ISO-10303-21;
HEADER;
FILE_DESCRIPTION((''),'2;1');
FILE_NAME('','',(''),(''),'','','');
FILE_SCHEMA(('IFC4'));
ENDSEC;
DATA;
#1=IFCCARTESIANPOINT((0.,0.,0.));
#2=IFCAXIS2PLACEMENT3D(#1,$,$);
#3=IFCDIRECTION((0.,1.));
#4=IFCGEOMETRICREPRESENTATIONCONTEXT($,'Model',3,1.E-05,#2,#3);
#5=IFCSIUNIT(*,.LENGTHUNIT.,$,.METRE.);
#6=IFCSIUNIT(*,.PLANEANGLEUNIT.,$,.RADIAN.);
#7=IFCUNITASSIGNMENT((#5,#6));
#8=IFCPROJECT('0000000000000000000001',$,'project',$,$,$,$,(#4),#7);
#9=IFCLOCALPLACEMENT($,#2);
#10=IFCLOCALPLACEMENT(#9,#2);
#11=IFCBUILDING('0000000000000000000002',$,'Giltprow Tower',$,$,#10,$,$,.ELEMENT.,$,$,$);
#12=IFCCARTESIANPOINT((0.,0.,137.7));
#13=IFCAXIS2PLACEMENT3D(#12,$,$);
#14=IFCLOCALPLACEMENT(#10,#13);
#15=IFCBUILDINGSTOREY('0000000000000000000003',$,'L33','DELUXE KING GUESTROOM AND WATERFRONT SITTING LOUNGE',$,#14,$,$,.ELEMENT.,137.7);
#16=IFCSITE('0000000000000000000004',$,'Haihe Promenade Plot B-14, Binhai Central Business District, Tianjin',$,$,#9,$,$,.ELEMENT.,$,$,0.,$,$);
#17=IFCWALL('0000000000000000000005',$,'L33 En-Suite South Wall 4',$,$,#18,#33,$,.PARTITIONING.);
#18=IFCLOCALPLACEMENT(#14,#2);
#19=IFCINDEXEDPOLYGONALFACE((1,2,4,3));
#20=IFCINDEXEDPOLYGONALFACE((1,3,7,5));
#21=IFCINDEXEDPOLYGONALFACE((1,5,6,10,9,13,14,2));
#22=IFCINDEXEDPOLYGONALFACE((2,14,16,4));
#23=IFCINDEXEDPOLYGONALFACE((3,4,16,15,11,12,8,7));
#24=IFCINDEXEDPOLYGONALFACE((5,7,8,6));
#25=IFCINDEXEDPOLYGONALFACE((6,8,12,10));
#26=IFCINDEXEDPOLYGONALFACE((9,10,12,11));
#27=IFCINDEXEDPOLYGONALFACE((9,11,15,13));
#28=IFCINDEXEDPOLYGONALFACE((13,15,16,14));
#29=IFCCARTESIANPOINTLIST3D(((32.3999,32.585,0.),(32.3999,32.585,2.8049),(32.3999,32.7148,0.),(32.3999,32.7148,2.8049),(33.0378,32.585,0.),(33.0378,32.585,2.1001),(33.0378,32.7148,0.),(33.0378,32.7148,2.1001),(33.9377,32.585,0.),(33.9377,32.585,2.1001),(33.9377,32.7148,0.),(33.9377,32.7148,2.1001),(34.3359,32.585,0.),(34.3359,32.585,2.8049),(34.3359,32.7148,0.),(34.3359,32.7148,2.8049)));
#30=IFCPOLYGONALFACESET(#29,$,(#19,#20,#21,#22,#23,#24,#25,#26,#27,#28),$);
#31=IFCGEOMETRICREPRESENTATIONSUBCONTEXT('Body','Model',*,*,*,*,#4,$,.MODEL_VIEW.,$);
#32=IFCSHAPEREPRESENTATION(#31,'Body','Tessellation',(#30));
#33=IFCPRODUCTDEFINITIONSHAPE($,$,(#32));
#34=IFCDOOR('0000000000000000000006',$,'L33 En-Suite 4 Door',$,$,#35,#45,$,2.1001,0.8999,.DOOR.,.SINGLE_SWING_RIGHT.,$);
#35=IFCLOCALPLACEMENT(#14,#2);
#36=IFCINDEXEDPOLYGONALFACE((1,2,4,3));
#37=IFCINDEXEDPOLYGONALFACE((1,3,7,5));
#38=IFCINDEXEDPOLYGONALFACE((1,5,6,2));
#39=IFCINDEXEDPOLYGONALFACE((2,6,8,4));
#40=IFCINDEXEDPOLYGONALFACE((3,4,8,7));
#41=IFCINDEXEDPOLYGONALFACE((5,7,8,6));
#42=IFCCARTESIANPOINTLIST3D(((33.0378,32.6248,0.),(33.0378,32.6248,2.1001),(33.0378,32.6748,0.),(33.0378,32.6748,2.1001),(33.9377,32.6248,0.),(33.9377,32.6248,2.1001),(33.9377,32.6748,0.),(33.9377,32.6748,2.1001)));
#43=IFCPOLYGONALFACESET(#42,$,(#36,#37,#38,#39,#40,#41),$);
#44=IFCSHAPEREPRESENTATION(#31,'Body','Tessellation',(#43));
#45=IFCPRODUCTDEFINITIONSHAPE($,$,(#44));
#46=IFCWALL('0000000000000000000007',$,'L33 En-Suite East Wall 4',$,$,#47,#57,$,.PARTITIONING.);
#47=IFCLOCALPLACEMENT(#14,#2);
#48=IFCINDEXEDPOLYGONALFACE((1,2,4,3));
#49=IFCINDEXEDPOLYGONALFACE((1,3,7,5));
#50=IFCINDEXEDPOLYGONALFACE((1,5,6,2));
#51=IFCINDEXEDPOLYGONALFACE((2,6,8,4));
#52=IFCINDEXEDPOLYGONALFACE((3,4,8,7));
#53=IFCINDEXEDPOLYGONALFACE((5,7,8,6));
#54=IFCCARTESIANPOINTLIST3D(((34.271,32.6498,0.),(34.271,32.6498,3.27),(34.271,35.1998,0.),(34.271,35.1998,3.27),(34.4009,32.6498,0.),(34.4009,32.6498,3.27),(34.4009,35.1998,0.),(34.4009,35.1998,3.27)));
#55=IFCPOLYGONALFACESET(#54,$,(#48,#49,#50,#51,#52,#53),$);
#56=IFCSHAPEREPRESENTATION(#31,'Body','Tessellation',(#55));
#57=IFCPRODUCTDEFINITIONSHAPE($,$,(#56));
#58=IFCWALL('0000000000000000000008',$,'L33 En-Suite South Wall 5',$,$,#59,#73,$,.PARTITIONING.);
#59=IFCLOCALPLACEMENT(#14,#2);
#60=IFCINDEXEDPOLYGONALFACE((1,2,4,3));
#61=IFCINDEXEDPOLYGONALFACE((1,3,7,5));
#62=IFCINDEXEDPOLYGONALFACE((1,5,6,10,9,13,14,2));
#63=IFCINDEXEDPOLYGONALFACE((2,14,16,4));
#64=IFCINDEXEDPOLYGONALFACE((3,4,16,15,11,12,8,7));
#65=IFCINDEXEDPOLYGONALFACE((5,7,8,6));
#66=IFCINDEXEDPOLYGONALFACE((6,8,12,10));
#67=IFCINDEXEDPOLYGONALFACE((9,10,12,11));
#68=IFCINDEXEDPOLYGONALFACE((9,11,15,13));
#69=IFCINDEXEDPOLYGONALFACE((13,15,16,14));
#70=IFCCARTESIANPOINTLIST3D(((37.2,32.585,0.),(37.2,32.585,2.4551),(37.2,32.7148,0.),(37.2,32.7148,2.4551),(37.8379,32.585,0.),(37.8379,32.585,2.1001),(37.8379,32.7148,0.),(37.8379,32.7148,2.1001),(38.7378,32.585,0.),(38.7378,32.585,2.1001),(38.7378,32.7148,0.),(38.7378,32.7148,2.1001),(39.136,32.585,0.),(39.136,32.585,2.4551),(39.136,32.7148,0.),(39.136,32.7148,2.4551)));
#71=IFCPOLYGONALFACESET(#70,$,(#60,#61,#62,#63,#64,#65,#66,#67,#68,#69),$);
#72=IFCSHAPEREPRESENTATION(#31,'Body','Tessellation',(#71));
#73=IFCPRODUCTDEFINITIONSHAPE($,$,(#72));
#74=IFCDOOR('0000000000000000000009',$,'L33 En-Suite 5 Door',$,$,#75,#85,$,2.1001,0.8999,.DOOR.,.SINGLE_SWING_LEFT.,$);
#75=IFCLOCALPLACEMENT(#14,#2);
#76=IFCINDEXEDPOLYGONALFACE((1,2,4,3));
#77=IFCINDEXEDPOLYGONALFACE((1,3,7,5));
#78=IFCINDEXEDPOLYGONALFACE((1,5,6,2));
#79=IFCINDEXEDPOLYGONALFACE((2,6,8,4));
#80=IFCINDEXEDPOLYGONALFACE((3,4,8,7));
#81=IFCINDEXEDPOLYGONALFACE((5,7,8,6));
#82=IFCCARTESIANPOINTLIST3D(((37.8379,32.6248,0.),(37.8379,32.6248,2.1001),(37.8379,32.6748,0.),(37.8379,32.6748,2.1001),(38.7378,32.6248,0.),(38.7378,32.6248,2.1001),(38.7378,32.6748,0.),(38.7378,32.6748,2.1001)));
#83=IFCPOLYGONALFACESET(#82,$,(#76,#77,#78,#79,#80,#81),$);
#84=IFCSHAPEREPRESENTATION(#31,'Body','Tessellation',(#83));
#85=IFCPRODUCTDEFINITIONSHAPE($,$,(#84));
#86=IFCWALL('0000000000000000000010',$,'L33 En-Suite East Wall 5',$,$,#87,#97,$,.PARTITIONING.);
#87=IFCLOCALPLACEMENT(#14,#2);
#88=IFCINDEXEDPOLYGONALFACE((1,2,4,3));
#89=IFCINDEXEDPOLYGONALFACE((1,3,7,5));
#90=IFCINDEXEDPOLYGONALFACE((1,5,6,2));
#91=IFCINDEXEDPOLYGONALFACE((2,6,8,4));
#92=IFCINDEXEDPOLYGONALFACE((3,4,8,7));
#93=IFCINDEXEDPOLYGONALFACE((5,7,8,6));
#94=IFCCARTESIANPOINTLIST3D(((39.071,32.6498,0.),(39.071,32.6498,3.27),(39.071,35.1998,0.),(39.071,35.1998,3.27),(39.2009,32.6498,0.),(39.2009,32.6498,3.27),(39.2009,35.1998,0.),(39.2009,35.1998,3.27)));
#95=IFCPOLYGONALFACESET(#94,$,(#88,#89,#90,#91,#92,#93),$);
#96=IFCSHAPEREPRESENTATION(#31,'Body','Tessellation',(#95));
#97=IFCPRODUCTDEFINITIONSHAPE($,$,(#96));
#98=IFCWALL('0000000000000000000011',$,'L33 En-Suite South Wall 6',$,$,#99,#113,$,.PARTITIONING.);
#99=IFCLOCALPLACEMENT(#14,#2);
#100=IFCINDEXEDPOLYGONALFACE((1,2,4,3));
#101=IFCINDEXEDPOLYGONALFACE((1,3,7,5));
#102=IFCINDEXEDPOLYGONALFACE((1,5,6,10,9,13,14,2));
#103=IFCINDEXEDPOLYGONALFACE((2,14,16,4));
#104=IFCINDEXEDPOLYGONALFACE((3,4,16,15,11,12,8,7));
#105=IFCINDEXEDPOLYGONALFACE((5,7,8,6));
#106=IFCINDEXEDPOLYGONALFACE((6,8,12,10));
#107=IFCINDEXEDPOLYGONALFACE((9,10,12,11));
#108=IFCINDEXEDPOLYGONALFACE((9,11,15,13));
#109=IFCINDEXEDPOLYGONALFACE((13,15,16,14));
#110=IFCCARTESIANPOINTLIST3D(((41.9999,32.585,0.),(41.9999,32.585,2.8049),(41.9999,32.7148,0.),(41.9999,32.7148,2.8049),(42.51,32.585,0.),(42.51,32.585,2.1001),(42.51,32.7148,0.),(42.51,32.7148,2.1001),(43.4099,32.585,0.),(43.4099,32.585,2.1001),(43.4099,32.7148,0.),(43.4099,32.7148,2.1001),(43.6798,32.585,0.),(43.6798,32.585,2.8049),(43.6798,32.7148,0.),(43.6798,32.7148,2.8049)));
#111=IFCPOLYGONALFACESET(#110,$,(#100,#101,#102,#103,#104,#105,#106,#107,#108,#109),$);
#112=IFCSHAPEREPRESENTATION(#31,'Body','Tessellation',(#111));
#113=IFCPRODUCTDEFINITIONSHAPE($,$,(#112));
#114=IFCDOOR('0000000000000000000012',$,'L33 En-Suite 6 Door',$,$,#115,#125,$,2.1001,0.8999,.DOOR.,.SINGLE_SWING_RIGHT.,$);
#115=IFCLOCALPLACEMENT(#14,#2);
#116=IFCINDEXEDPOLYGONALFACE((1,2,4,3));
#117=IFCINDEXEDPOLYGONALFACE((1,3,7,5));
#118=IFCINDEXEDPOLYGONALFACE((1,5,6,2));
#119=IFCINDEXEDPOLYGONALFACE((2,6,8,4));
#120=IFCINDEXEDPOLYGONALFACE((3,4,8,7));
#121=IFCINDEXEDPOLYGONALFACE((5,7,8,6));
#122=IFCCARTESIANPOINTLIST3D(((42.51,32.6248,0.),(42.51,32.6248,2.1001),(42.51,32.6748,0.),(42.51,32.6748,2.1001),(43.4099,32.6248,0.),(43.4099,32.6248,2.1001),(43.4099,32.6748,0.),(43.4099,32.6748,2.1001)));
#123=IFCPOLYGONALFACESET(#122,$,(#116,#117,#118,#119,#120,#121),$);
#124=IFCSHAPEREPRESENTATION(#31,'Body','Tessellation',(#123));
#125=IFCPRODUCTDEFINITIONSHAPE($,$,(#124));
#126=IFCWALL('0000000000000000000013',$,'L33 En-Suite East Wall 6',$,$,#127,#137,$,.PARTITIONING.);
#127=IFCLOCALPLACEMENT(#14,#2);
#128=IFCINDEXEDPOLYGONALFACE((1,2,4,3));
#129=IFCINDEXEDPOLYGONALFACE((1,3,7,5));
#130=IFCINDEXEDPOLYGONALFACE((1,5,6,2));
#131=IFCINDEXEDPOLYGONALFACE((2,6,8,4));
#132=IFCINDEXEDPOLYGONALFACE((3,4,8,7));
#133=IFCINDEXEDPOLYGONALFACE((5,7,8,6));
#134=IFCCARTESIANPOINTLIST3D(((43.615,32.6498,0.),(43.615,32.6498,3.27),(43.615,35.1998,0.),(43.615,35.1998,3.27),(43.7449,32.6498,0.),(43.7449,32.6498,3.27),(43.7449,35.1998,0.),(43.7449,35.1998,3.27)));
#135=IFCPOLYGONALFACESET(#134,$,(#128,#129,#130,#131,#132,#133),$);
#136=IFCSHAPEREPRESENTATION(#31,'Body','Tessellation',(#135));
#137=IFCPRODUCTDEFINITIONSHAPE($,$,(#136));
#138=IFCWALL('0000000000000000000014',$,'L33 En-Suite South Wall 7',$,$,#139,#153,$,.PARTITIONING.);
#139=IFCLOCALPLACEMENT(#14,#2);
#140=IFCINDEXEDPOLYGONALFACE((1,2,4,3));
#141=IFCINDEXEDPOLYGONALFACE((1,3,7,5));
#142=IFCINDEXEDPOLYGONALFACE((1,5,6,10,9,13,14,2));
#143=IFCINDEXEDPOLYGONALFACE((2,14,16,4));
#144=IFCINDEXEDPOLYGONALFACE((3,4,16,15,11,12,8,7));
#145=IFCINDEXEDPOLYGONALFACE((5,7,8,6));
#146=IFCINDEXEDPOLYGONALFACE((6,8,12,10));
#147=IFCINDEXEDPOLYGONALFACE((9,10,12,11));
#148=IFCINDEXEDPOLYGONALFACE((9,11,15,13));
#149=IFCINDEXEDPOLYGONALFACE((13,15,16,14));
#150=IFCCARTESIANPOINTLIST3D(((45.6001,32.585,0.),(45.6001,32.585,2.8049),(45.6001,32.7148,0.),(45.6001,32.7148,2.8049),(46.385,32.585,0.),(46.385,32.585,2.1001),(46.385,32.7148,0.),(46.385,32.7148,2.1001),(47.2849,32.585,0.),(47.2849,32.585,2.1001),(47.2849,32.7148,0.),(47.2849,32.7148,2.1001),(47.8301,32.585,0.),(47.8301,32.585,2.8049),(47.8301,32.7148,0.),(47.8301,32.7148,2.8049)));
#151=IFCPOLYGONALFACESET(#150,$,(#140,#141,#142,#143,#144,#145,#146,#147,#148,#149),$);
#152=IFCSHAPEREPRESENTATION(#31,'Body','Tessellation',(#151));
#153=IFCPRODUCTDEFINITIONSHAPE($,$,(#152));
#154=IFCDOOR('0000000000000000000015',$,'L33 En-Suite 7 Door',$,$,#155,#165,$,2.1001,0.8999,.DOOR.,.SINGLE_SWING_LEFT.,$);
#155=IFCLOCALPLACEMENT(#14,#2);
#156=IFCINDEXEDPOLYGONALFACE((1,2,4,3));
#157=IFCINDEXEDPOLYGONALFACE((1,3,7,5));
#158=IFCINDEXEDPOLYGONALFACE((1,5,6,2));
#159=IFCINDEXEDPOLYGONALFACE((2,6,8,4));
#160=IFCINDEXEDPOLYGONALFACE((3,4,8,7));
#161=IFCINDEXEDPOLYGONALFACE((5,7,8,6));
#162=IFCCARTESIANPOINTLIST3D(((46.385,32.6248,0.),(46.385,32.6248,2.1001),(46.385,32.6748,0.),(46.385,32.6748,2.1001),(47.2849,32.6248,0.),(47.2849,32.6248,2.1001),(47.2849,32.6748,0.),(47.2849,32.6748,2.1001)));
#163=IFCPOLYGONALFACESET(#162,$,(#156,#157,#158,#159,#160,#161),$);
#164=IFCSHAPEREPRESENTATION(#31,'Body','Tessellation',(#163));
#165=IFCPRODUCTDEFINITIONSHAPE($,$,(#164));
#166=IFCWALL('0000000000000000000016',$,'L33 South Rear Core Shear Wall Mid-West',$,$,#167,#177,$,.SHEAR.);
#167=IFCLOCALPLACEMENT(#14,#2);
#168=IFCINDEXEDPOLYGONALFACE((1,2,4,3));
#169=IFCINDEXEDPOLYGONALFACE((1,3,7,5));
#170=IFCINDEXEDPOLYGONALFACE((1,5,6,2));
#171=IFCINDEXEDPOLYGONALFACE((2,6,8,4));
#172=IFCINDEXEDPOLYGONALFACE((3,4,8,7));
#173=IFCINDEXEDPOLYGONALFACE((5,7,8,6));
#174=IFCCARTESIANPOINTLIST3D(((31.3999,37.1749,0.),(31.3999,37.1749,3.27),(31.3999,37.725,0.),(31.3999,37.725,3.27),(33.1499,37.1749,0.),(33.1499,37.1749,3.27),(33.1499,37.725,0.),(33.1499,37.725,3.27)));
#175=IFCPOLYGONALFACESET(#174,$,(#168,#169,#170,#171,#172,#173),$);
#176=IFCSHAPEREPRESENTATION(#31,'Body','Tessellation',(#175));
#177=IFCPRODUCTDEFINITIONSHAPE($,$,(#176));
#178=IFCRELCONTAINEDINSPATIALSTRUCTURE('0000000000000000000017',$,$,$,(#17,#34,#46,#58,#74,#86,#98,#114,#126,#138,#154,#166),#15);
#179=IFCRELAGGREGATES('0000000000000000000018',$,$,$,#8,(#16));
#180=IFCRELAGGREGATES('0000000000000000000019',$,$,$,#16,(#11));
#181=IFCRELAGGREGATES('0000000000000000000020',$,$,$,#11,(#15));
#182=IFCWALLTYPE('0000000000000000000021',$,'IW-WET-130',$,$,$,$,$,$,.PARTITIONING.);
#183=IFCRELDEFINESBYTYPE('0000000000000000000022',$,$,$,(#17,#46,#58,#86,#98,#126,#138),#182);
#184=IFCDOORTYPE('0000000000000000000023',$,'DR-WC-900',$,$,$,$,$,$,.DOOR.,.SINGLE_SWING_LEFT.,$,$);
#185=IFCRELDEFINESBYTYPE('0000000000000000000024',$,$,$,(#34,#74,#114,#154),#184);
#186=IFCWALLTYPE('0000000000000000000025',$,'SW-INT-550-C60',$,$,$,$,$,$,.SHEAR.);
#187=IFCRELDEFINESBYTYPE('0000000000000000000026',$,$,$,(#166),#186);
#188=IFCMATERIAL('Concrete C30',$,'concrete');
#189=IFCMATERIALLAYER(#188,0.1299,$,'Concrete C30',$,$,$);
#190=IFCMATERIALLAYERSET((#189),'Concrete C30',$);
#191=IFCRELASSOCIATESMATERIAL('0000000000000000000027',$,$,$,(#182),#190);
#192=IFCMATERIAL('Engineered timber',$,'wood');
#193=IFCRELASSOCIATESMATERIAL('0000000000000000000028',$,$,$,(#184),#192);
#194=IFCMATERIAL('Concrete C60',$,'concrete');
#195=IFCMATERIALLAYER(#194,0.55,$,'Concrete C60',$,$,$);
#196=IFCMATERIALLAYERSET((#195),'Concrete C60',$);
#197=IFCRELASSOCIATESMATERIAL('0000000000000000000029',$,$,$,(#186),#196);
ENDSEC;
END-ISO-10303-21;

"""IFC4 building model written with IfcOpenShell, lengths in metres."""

from ifc_helpers import new_model, si_unit, direction, frame, frame_2d, origin, place, context, subcontext, project, spatial, rectangle, extrude, source, transform, mapped, material, layer, layer_set, type_object, element, fill, save


model = new_model("IFC4")

# Units and contexts
model_context = context("Model", 3, precision=1e-05, world=origin(), true_north=direction((0.0, 1.0)))
body_context = subcontext(model_context, "Body", "Model", "MODEL_VIEW")
ifc_project = project(units=[si_unit("LENGTHUNIT", "METRE"), si_unit("PLANEANGLEUNIT", "RADIAN")], contexts=[model_context])

# Site, building, storey
site_placement = place(None, origin())
site = spatial("IfcSite", under=ifc_project, at=site_placement, Name="Haihe Promenade Plot B-14, Binhai Central Business District, Tianjin", CompositionType="ELEMENT", RefElevation=0.0)
building_placement = place(site_placement, origin())
building = spatial("IfcBuilding", under=site, at=building_placement, Name="Giltprow Tower", CompositionType="ELEMENT")
storey_placement = place(building_placement, frame((0.0, 0.0, 137.7)))
storey = spatial("IfcBuildingStorey", under=building, at=storey_placement, Name="L33", Description="DELUXE KING GUESTROOM AND WATERFRONT SITTING LOUNGE", CompositionType="ELEMENT", Elevation=137.7)

# Shared definitions
ifc_material_1 = material(Name="Concrete C60", Category="concrete")

# Shared definitions
ifc_material_2 = material(Name="Concrete C30", Category="concrete")
ifc_layer_1 = layer(ifc_material_2, 0.1299, Name="Concrete C30")
ifc_layer_set_1 = layer_set([ifc_layer_1], Name="Concrete C30")
wall_type_1 = type_object("IfcWallType", Name="IW-WET-130", PredefinedType="PARTITIONING", material=ifc_layer_set_1)
shared_shape_1 = source(origin(), body_context, "Body", "SweptSolid", [
    extrude(rectangle(XDim=0.8999, YDim=2.1001, at=frame_2d((0.45, 1.05))), frame((0.0, 0.0249, 0.0), z_axis=(0.0, -1.0, 0.0), x_axis=(1.0, 0.0, 0.0)), (0.0, 0.0, 1.0), 0.05),
])

# Wall, opening, door
wall_1_placement = place(storey_placement, frame((32.3999, 32.6499, 0.0), z_axis=(0.0, 0.0, 1.0), x_axis=(1.0, 0.0, 0.0)))
wall_1 = element("IfcWall", 1, at=wall_1_placement, inside=storey, type_object=wall_type_1, Name="L33 En-Suite South Wall 4", PredefinedType="PARTITIONING", context=body_context, shape_type="SweptSolid", body=[
    extrude(rectangle(XDim=1.936, YDim=0.1299, at=frame_2d((0.968, 0.0))), origin(), (0.0, 0.0, 1.0), 2.8049),
])
opening_1_placement = place(wall_1_placement, frame((0.6379, 0.0, 0.0)))
opening_1 = element("IfcOpeningElement", 2, at=opening_1_placement, cuts=wall_1, PredefinedType="OPENING", context=body_context, shape_type="SweptSolid", body=[
    extrude(rectangle(XDim=0.8999, YDim=2.1001, at=frame_2d((0.45, 1.05))), frame((0.0, 0.075, 0.0), z_axis=(0.0, -1.0, 0.0), x_axis=(1.0, 0.0, 0.0)), (0.0, 0.0, 1.0), 0.1499),
])
ifc_material_3 = material(Name="Engineered timber", Category="wood")
door_type_1 = type_object("IfcDoorType", Name="DR-WC-900", OperationType="SINGLE_SWING_LEFT", PredefinedType="DOOR", material=ifc_material_3)
door_1_placement = place(opening_1_placement, origin())
door_1 = element("IfcDoor", 3, at=door_1_placement, inside=storey, type_object=door_type_1, Name="L33 En-Suite 4 Door", OperationType="SINGLE_SWING_RIGHT", OverallHeight=2.1001, OverallWidth=0.8999, PredefinedType="DOOR", context=body_context, shape_type="MappedRepresentation", body=[
    mapped(shared_shape_1, transform((0.0, 0.0, 0.0), x_axis=(1.0, 0.0, 0.0), y_axis=(0.0, 1.0, 0.0), z_axis=(0.0, 0.0, 1.0), scale=1.0)),
])
fill(opening_1, door_1)

# Wall
wall_2_placement = place(storey_placement, frame((34.3359, 32.6499, 0.0), z_axis=(0.0, 0.0, 1.0), x_axis=(0.0, 1.0, 0.0)))
element("IfcWall", 4, at=wall_2_placement, inside=storey, type_object=wall_type_1, Name="L33 En-Suite East Wall 4", PredefinedType="PARTITIONING", context=body_context, shape_type="SweptSolid", body=[
    extrude(rectangle(XDim=2.55, YDim=0.1299, at=frame_2d((1.2749, 0.0))), origin(), (0.0, 0.0, 1.0), 3.27),
])

# Wall, opening, door
wall_3_placement = place(storey_placement, frame((37.2, 32.6499, 0.0), z_axis=(0.0, 0.0, 1.0), x_axis=(1.0, 0.0, 0.0)))
wall_3 = element("IfcWall", 5, at=wall_3_placement, inside=storey, type_object=wall_type_1, Name="L33 En-Suite South Wall 5", PredefinedType="PARTITIONING", context=body_context, shape_type="SweptSolid", body=[
    extrude(rectangle(XDim=1.936, YDim=0.1299, at=frame_2d((0.968, 0.0))), origin(), (0.0, 0.0, 1.0), 2.4551),
])
opening_2_placement = place(wall_3_placement, frame((0.6379, 0.0, 0.0)))
opening_2 = element("IfcOpeningElement", 6, at=opening_2_placement, cuts=wall_3, PredefinedType="OPENING", context=body_context, shape_type="SweptSolid", body=[
    extrude(rectangle(XDim=0.8999, YDim=2.1001, at=frame_2d((0.45, 1.05))), frame((0.0, 0.075, 0.0), z_axis=(0.0, -1.0, 0.0), x_axis=(1.0, 0.0, 0.0)), (0.0, 0.0, 1.0), 0.1499),
])
door_2_placement = place(opening_2_placement, origin())
door_2 = element("IfcDoor", 7, at=door_2_placement, inside=storey, type_object=door_type_1, Name="L33 En-Suite 5 Door", OperationType="SINGLE_SWING_LEFT", OverallHeight=2.1001, OverallWidth=0.8999, PredefinedType="DOOR", context=body_context, shape_type="MappedRepresentation", body=[
    mapped(shared_shape_1, transform((0.0, 0.0, 0.0), x_axis=(1.0, 0.0, 0.0), y_axis=(0.0, 1.0, 0.0), z_axis=(0.0, 0.0, 1.0), scale=1.0)),
])
fill(opening_2, door_2)

# Wall
wall_4_placement = place(storey_placement, frame((39.136, 32.6499, 0.0), z_axis=(0.0, 0.0, 1.0), x_axis=(0.0, 1.0, 0.0)))
element("IfcWall", 8, at=wall_4_placement, inside=storey, type_object=wall_type_1, Name="L33 En-Suite East Wall 5", PredefinedType="PARTITIONING", context=body_context, shape_type="SweptSolid", body=[
    extrude(rectangle(XDim=2.55, YDim=0.1299, at=frame_2d((1.2749, 0.0))), origin(), (0.0, 0.0, 1.0), 3.27),
])

# Wall, opening, door
wall_5_placement = place(storey_placement, frame((42.0, 32.6499, 0.0), z_axis=(0.0, 0.0, 1.0), x_axis=(1.0, 0.0, 0.0)))
wall_5 = element("IfcWall", 9, at=wall_5_placement, inside=storey, type_object=wall_type_1, Name="L33 En-Suite South Wall 6", PredefinedType="PARTITIONING", context=body_context, shape_type="SweptSolid", body=[
    extrude(rectangle(XDim=1.6799, YDim=0.1299, at=frame_2d((0.8398, 0.0))), origin(), (0.0, 0.0, 1.0), 2.8049),
])
opening_3_placement = place(wall_5_placement, frame((0.51, 0.0, 0.0)))
opening_3 = element("IfcOpeningElement", 10, at=opening_3_placement, cuts=wall_5, PredefinedType="OPENING", context=body_context, shape_type="SweptSolid", body=[
    extrude(rectangle(XDim=0.8999, YDim=2.1001, at=frame_2d((0.45, 1.05))), frame((0.0, 0.075, 0.0), z_axis=(0.0, -1.0, 0.0), x_axis=(1.0, 0.0, 0.0)), (0.0, 0.0, 1.0), 0.1499),
])
door_3_placement = place(opening_3_placement, origin())
door_3 = element("IfcDoor", 11, at=door_3_placement, inside=storey, type_object=door_type_1, Name="L33 En-Suite 6 Door", OperationType="SINGLE_SWING_RIGHT", OverallHeight=2.1001, OverallWidth=0.8999, PredefinedType="DOOR", context=body_context, shape_type="MappedRepresentation", body=[
    mapped(shared_shape_1, transform((0.0, 0.0, 0.0), x_axis=(1.0, 0.0, 0.0), y_axis=(0.0, 1.0, 0.0), z_axis=(0.0, 0.0, 1.0), scale=1.0)),
])
fill(opening_3, door_3)

# Wall
wall_6_placement = place(storey_placement, frame((43.6799, 32.6499, 0.0), z_axis=(0.0, 0.0, 1.0), x_axis=(0.0, 1.0, 0.0)))
element("IfcWall", 12, at=wall_6_placement, inside=storey, type_object=wall_type_1, Name="L33 En-Suite East Wall 6", PredefinedType="PARTITIONING", context=body_context, shape_type="SweptSolid", body=[
    extrude(rectangle(XDim=2.55, YDim=0.1299, at=frame_2d((1.2749, 0.0))), origin(), (0.0, 0.0, 1.0), 3.27),
])

# Wall, opening, door
wall_7_placement = place(storey_placement, frame((45.6001, 32.6499, 0.0), z_axis=(0.0, 0.0, 1.0), x_axis=(1.0, 0.0, 0.0)))
wall_7 = element("IfcWall", 13, at=wall_7_placement, inside=storey, type_object=wall_type_1, Name="L33 En-Suite South Wall 7", PredefinedType="PARTITIONING", context=body_context, shape_type="SweptSolid", body=[
    extrude(rectangle(XDim=2.23, YDim=0.1299, at=frame_2d((1.115, 0.0))), origin(), (0.0, 0.0, 1.0), 2.8049),
])
opening_4_placement = place(wall_7_placement, frame((0.7849, 0.0, 0.0)))
opening_4 = element("IfcOpeningElement", 14, at=opening_4_placement, cuts=wall_7, PredefinedType="OPENING", context=body_context, shape_type="SweptSolid", body=[
    extrude(rectangle(XDim=0.8999, YDim=2.1001, at=frame_2d((0.45, 1.05))), frame((0.0, 0.075, 0.0), z_axis=(0.0, -1.0, 0.0), x_axis=(1.0, 0.0, 0.0)), (0.0, 0.0, 1.0), 0.1499),
])
door_4_placement = place(opening_4_placement, origin())
door_4 = element("IfcDoor", 15, at=door_4_placement, inside=storey, type_object=door_type_1, Name="L33 En-Suite 7 Door", OperationType="SINGLE_SWING_LEFT", OverallHeight=2.1001, OverallWidth=0.8999, PredefinedType="DOOR", context=body_context, shape_type="MappedRepresentation", body=[
    mapped(shared_shape_1, transform((0.0, 0.0, 0.0), x_axis=(1.0, 0.0, 0.0), y_axis=(0.0, 1.0, 0.0), z_axis=(0.0, 0.0, 1.0), scale=1.0)),
])
fill(opening_4, door_4)

# Wall
ifc_layer_2 = layer(ifc_material_1, 0.55, Name="Concrete C60")
ifc_layer_set_2 = layer_set([ifc_layer_2], Name="Concrete C60")
wall_type_2 = type_object("IfcWallType", Name="SW-INT-550-C60", PredefinedType="SHEAR", material=ifc_layer_set_2)
wall_8_placement = place(storey_placement, frame((31.3999, 37.45, 0.0), z_axis=(0.0, 0.0, 1.0), x_axis=(1.0, 0.0, 0.0)))
element("IfcWall", 16, at=wall_8_placement, inside=storey, type_object=wall_type_2, Name="L33 South Rear Core Shear Wall Mid-West", PredefinedType="SHEAR", context=body_context, shape_type="SweptSolid", body=[
    extrude(rectangle(XDim=1.75, YDim=0.55, at=frame_2d((0.875, 0.0))), origin(), (0.0, 0.0, 1.0), 3.27),
])

save(model, "model.ifc")
